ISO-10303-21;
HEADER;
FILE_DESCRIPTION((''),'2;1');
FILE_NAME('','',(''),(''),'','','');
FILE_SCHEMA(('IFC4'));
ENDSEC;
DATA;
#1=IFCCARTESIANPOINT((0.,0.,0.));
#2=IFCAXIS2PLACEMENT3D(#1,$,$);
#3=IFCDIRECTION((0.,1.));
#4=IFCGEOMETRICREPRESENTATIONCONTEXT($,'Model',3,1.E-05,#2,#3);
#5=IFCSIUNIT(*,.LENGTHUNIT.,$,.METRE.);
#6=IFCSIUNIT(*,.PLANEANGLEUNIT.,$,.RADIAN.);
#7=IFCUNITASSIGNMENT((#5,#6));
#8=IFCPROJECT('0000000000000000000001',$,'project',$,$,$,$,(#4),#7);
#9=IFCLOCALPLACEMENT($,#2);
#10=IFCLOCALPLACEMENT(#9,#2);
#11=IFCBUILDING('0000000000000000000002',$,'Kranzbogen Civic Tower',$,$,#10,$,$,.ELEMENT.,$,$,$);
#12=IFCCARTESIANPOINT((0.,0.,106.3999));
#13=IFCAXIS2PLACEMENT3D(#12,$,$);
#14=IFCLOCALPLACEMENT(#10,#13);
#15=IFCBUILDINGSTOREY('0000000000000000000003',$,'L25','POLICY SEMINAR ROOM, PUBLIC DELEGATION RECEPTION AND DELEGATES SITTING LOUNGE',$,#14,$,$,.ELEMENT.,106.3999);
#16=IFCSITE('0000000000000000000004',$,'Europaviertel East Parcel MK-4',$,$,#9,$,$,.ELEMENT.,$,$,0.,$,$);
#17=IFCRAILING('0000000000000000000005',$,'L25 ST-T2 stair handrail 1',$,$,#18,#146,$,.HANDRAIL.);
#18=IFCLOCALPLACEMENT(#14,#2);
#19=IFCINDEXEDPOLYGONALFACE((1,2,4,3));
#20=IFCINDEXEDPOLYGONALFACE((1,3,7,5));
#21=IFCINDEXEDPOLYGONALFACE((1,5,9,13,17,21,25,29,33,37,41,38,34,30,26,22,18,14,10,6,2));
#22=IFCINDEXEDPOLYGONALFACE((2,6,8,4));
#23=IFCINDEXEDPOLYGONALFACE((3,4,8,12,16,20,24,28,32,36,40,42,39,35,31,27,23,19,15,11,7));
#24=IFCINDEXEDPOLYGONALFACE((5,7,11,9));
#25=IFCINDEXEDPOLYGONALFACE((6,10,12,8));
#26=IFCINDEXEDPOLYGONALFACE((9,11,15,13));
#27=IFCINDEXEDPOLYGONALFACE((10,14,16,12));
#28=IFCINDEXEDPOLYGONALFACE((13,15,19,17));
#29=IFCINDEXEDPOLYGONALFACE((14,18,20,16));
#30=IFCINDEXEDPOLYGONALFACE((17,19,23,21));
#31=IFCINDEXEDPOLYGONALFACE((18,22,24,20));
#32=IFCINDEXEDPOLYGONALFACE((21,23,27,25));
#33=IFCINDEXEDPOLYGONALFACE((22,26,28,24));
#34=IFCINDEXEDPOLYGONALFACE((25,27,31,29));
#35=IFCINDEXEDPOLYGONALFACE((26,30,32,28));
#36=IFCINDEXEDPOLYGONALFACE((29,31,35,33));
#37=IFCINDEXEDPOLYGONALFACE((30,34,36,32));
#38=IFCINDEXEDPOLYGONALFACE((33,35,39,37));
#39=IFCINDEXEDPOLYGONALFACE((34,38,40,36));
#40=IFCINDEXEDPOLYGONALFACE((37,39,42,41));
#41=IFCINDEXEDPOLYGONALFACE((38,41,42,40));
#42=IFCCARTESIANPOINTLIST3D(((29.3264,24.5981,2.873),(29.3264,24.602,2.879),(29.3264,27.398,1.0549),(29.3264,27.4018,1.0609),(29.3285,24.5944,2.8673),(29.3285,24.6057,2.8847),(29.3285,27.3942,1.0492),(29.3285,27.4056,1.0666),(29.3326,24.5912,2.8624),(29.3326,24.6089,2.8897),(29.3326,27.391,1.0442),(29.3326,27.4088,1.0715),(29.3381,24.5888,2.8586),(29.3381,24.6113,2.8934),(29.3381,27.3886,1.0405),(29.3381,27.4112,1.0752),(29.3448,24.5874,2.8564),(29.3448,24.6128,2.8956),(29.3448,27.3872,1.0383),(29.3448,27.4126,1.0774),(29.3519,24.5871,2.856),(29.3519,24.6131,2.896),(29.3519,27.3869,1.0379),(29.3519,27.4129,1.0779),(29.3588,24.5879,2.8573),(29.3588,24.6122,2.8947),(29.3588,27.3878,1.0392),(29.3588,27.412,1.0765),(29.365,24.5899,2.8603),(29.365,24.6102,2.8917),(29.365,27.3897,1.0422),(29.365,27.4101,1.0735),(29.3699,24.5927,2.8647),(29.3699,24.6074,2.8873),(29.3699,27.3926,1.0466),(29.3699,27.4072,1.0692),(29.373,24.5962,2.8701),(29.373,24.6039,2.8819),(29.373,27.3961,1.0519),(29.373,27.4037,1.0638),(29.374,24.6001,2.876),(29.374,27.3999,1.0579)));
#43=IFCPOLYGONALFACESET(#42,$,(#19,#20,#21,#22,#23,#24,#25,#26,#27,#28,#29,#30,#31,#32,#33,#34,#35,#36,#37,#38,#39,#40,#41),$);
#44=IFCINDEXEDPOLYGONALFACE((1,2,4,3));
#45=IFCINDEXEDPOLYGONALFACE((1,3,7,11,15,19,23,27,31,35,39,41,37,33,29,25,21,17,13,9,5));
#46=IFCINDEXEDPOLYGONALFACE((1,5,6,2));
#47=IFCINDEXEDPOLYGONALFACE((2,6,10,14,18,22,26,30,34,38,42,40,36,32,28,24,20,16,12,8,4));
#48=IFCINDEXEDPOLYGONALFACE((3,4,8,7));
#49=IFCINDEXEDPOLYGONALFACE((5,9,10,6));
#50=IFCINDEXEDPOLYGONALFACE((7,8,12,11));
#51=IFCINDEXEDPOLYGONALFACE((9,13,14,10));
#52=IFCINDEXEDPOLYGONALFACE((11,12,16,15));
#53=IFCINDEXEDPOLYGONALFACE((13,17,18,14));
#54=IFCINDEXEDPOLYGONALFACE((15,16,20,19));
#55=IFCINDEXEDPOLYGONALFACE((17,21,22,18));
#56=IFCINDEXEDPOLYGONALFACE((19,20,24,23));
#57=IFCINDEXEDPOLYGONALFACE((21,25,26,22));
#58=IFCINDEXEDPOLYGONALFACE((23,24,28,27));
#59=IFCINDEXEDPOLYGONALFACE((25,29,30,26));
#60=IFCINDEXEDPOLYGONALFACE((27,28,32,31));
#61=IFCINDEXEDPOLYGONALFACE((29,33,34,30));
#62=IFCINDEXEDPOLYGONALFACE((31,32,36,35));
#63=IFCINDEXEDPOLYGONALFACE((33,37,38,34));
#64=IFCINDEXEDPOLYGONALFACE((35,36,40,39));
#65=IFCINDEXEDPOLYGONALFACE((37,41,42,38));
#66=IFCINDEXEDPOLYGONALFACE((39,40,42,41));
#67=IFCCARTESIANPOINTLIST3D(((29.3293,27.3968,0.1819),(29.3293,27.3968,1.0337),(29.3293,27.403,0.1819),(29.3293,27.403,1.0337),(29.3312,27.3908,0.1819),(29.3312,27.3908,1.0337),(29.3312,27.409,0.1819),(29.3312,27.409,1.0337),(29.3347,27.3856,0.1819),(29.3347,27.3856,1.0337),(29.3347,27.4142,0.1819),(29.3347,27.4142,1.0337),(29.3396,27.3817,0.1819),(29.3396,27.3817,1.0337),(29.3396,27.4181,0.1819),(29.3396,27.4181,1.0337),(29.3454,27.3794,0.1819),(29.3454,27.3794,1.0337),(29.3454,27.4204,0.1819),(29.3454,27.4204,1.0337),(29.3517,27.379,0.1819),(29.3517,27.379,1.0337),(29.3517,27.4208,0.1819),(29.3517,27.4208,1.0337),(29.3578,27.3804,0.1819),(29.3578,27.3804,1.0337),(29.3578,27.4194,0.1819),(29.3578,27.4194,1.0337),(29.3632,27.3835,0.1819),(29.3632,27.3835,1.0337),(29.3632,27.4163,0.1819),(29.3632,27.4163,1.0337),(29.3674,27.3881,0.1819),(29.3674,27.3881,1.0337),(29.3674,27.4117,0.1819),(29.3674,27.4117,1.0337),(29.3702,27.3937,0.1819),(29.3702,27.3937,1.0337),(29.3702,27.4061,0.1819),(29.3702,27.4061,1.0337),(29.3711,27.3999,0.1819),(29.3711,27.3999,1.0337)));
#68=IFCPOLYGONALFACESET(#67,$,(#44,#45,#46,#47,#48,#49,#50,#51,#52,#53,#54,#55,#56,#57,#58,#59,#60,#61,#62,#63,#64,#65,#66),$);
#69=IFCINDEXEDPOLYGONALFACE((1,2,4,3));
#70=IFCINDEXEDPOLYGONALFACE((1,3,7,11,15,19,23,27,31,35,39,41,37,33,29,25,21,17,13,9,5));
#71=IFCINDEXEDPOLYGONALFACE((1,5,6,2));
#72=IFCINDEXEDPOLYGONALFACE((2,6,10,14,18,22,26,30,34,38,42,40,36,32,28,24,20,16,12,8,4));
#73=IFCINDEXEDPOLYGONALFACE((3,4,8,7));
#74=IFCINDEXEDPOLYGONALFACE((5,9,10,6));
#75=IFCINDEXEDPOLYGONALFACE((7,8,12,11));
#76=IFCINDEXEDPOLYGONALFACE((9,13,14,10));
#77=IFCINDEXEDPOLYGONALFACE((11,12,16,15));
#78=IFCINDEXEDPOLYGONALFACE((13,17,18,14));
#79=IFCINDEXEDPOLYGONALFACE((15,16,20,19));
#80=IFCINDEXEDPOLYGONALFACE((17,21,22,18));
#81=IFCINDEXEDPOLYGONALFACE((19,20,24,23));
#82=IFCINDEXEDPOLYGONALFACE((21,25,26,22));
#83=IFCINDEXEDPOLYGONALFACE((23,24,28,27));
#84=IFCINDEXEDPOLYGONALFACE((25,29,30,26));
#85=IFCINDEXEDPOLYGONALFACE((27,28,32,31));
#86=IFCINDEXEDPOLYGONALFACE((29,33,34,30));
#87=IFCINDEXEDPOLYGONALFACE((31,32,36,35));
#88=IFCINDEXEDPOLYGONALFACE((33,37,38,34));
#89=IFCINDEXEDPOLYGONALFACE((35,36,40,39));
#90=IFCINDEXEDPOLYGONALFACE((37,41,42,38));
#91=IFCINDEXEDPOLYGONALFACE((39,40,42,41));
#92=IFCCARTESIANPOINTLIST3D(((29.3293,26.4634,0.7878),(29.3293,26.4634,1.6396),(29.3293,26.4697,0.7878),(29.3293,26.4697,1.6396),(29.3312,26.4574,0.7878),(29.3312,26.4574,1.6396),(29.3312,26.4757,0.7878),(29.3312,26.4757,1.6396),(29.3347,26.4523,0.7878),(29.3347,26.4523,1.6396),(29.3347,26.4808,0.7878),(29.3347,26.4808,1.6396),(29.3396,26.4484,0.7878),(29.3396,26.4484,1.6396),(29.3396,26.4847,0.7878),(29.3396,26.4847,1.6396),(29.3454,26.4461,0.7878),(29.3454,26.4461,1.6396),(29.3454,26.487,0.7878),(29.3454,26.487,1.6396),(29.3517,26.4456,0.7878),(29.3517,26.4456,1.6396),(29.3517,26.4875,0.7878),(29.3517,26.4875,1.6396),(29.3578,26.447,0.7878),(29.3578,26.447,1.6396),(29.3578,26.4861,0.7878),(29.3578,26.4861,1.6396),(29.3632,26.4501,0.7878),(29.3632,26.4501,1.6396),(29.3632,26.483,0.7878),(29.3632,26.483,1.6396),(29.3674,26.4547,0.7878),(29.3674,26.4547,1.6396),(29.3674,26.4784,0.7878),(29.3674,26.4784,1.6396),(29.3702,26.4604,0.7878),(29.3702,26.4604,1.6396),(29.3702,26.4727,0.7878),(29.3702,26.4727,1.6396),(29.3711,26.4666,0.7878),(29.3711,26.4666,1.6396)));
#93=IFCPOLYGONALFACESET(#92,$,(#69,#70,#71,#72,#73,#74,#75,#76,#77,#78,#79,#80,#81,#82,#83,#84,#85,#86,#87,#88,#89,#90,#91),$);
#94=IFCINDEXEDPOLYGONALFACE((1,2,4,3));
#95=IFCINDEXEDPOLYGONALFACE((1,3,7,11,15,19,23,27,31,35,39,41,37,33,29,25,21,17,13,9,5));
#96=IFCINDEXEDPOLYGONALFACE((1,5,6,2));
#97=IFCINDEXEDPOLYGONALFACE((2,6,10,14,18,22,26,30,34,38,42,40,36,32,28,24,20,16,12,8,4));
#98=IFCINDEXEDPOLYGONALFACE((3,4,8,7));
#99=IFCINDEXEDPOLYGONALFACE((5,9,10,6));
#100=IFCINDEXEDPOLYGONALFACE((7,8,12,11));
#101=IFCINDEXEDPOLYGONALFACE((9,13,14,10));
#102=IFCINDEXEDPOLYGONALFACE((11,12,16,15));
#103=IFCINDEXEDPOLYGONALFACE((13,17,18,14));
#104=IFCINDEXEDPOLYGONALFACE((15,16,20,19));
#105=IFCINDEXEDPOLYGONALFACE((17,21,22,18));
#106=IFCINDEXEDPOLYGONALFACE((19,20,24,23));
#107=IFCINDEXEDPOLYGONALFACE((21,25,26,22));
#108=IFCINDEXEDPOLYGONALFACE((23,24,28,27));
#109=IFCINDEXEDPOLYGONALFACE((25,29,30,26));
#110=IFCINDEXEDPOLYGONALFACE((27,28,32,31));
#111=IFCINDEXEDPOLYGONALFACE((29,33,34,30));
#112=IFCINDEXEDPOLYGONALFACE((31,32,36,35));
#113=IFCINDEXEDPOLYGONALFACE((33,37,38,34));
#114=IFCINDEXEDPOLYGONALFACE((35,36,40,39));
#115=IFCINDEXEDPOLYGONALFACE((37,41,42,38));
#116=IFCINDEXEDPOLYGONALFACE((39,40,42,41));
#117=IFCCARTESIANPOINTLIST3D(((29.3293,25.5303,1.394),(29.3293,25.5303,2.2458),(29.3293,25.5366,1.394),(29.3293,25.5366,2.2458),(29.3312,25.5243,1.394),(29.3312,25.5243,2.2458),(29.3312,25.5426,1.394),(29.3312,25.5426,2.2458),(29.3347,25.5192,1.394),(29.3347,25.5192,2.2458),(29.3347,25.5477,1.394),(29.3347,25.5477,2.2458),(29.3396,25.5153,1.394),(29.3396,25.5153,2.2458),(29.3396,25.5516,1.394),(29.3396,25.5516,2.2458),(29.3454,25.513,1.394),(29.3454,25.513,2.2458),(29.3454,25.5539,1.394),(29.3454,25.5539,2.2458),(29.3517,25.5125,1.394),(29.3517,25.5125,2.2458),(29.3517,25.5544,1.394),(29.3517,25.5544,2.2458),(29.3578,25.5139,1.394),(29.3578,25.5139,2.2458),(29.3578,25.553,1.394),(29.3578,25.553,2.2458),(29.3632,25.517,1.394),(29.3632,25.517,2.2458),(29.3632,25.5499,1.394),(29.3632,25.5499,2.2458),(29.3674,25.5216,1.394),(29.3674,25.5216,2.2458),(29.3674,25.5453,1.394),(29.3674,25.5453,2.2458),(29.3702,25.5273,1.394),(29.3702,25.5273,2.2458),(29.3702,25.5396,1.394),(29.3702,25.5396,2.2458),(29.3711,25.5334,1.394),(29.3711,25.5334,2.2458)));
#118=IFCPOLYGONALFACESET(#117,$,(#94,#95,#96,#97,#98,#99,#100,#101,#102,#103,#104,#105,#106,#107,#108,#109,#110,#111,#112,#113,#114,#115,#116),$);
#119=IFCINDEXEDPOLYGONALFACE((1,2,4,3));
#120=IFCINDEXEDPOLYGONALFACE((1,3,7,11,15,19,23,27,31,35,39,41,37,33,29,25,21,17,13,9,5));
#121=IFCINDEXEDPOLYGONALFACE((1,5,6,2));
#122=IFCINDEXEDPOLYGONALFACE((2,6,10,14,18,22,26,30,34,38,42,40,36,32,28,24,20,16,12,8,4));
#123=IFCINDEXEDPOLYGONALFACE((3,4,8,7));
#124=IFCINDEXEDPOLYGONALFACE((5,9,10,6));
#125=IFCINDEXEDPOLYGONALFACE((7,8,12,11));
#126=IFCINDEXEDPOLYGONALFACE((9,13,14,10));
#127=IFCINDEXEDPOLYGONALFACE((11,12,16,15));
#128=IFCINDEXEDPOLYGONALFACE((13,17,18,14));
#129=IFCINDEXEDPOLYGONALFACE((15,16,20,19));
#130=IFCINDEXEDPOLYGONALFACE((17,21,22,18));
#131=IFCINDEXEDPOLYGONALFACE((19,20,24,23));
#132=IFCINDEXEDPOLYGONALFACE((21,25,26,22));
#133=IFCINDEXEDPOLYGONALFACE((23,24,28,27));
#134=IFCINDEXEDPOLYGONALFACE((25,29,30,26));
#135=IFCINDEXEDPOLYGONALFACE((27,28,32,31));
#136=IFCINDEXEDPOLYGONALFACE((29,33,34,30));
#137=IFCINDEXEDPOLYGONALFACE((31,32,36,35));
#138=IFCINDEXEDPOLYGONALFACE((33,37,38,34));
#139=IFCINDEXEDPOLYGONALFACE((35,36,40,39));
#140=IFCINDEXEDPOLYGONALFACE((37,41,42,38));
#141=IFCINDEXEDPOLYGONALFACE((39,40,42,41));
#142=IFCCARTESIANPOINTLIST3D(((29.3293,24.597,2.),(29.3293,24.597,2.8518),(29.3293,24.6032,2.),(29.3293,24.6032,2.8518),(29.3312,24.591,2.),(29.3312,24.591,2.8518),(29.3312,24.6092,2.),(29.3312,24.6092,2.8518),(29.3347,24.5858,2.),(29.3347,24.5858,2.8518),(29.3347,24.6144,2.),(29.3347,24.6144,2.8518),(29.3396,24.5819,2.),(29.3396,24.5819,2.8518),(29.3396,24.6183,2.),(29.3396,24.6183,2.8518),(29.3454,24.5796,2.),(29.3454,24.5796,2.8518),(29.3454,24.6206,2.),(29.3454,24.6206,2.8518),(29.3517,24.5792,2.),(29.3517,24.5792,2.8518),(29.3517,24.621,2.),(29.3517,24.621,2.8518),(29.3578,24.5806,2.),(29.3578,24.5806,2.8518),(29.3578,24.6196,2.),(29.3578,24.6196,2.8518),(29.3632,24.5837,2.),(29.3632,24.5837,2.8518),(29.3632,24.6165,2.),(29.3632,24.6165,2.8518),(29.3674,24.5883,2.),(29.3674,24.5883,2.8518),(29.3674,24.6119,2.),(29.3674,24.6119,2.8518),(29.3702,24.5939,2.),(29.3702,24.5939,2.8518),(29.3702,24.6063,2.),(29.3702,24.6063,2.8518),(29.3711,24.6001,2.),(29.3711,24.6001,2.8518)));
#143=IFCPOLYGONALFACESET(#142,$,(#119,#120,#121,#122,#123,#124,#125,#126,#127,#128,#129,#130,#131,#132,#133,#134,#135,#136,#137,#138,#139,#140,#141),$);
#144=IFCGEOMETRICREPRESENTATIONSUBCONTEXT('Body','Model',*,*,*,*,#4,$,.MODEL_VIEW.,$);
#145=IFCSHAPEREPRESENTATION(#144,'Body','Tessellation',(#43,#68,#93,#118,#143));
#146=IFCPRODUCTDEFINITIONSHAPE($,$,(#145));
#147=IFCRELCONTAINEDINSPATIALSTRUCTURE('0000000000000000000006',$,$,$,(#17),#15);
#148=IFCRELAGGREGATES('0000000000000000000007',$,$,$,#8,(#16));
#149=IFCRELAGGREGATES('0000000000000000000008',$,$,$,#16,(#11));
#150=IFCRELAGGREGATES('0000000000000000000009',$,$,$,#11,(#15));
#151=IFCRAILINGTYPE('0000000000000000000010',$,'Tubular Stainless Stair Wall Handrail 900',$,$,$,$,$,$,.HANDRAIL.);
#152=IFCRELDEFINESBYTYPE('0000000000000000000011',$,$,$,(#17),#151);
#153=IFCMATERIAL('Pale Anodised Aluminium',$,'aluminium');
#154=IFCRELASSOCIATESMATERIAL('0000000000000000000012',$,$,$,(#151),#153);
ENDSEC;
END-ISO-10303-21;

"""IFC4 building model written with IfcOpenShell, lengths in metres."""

from ifc_helpers import new_model, si_unit, direction, frame, origin, origin_2d, place, context, subcontext, project, spatial, circle, extrude, material, type_object, element, save


model = new_model("IFC4")

# Units and contexts
model_context = context("Model", 3, precision=1e-05, world=origin(), true_north=direction((0.0, 1.0)))
body_context = subcontext(model_context, "Body", "Model", "MODEL_VIEW")
ifc_project = project(units=[si_unit("LENGTHUNIT", "METRE"), si_unit("PLANEANGLEUNIT", "RADIAN")], contexts=[model_context])

# Site, building, storey
site_placement = place(None, origin())
site = spatial("IfcSite", under=ifc_project, at=site_placement, Name="Europaviertel East Parcel MK-4", CompositionType="ELEMENT", RefElevation=0.0)
building_placement = place(site_placement, origin())
building = spatial("IfcBuilding", under=site, at=building_placement, Name="Kranzbogen Civic Tower", CompositionType="ELEMENT")
storey_placement = place(building_placement, frame((0.0, 0.0, 106.3999)))
storey = spatial("IfcBuildingStorey", under=building, at=storey_placement, Name="L25", Description="POLICY SEMINAR ROOM, PUBLIC DELEGATION RECEPTION AND DELEGATES SITTING LOUNGE", CompositionType="ELEMENT", Elevation=106.3999)

# Shared definitions
ifc_material_1 = material(Name="Pale Anodised Aluminium", Category="aluminium")

# Railing
railing_type_1 = type_object("IfcRailingType", Name="Tubular Stainless Stair Wall Handrail 900", PredefinedType="HANDRAIL", material=ifc_material_1)
railing_1_placement = place(storey_placement, frame((29.3501, 27.3999, 0.1819)))
element("IfcRailing", 1, at=railing_1_placement, inside=storey, type_object=railing_type_1, Name="L25 ST-T2 stair handrail 1", PredefinedType="HANDRAIL", context=body_context, shape_type="SweptSolid", body=[
    extrude(circle(Radius=0.0239, at=origin_2d()), frame((0.0, 0.0, 0.876), z_axis=(0.0, -0.838684, 0.544618), x_axis=(1.0, 0.0, 0.0)), (0.0, 0.0, 1.0), 3.3384),
    extrude(circle(Radius=0.021, at=origin_2d()), origin(), (0.0, 0.0, 1.0), 0.8518),
    extrude(circle(Radius=0.021, at=origin_2d()), frame((0.0, -0.9333, 0.606)), (0.0, 0.0, 1.0), 0.8518),
    extrude(circle(Radius=0.021, at=origin_2d()), frame((0.0, -1.8665, 1.2122)), (0.0, 0.0, 1.0), 0.8518),
    extrude(circle(Radius=0.021, at=origin_2d()), frame((0.0, -2.7998, 1.8181)), (0.0, 0.0, 1.0), 0.8518),
])

save(model, "model.ifc")
